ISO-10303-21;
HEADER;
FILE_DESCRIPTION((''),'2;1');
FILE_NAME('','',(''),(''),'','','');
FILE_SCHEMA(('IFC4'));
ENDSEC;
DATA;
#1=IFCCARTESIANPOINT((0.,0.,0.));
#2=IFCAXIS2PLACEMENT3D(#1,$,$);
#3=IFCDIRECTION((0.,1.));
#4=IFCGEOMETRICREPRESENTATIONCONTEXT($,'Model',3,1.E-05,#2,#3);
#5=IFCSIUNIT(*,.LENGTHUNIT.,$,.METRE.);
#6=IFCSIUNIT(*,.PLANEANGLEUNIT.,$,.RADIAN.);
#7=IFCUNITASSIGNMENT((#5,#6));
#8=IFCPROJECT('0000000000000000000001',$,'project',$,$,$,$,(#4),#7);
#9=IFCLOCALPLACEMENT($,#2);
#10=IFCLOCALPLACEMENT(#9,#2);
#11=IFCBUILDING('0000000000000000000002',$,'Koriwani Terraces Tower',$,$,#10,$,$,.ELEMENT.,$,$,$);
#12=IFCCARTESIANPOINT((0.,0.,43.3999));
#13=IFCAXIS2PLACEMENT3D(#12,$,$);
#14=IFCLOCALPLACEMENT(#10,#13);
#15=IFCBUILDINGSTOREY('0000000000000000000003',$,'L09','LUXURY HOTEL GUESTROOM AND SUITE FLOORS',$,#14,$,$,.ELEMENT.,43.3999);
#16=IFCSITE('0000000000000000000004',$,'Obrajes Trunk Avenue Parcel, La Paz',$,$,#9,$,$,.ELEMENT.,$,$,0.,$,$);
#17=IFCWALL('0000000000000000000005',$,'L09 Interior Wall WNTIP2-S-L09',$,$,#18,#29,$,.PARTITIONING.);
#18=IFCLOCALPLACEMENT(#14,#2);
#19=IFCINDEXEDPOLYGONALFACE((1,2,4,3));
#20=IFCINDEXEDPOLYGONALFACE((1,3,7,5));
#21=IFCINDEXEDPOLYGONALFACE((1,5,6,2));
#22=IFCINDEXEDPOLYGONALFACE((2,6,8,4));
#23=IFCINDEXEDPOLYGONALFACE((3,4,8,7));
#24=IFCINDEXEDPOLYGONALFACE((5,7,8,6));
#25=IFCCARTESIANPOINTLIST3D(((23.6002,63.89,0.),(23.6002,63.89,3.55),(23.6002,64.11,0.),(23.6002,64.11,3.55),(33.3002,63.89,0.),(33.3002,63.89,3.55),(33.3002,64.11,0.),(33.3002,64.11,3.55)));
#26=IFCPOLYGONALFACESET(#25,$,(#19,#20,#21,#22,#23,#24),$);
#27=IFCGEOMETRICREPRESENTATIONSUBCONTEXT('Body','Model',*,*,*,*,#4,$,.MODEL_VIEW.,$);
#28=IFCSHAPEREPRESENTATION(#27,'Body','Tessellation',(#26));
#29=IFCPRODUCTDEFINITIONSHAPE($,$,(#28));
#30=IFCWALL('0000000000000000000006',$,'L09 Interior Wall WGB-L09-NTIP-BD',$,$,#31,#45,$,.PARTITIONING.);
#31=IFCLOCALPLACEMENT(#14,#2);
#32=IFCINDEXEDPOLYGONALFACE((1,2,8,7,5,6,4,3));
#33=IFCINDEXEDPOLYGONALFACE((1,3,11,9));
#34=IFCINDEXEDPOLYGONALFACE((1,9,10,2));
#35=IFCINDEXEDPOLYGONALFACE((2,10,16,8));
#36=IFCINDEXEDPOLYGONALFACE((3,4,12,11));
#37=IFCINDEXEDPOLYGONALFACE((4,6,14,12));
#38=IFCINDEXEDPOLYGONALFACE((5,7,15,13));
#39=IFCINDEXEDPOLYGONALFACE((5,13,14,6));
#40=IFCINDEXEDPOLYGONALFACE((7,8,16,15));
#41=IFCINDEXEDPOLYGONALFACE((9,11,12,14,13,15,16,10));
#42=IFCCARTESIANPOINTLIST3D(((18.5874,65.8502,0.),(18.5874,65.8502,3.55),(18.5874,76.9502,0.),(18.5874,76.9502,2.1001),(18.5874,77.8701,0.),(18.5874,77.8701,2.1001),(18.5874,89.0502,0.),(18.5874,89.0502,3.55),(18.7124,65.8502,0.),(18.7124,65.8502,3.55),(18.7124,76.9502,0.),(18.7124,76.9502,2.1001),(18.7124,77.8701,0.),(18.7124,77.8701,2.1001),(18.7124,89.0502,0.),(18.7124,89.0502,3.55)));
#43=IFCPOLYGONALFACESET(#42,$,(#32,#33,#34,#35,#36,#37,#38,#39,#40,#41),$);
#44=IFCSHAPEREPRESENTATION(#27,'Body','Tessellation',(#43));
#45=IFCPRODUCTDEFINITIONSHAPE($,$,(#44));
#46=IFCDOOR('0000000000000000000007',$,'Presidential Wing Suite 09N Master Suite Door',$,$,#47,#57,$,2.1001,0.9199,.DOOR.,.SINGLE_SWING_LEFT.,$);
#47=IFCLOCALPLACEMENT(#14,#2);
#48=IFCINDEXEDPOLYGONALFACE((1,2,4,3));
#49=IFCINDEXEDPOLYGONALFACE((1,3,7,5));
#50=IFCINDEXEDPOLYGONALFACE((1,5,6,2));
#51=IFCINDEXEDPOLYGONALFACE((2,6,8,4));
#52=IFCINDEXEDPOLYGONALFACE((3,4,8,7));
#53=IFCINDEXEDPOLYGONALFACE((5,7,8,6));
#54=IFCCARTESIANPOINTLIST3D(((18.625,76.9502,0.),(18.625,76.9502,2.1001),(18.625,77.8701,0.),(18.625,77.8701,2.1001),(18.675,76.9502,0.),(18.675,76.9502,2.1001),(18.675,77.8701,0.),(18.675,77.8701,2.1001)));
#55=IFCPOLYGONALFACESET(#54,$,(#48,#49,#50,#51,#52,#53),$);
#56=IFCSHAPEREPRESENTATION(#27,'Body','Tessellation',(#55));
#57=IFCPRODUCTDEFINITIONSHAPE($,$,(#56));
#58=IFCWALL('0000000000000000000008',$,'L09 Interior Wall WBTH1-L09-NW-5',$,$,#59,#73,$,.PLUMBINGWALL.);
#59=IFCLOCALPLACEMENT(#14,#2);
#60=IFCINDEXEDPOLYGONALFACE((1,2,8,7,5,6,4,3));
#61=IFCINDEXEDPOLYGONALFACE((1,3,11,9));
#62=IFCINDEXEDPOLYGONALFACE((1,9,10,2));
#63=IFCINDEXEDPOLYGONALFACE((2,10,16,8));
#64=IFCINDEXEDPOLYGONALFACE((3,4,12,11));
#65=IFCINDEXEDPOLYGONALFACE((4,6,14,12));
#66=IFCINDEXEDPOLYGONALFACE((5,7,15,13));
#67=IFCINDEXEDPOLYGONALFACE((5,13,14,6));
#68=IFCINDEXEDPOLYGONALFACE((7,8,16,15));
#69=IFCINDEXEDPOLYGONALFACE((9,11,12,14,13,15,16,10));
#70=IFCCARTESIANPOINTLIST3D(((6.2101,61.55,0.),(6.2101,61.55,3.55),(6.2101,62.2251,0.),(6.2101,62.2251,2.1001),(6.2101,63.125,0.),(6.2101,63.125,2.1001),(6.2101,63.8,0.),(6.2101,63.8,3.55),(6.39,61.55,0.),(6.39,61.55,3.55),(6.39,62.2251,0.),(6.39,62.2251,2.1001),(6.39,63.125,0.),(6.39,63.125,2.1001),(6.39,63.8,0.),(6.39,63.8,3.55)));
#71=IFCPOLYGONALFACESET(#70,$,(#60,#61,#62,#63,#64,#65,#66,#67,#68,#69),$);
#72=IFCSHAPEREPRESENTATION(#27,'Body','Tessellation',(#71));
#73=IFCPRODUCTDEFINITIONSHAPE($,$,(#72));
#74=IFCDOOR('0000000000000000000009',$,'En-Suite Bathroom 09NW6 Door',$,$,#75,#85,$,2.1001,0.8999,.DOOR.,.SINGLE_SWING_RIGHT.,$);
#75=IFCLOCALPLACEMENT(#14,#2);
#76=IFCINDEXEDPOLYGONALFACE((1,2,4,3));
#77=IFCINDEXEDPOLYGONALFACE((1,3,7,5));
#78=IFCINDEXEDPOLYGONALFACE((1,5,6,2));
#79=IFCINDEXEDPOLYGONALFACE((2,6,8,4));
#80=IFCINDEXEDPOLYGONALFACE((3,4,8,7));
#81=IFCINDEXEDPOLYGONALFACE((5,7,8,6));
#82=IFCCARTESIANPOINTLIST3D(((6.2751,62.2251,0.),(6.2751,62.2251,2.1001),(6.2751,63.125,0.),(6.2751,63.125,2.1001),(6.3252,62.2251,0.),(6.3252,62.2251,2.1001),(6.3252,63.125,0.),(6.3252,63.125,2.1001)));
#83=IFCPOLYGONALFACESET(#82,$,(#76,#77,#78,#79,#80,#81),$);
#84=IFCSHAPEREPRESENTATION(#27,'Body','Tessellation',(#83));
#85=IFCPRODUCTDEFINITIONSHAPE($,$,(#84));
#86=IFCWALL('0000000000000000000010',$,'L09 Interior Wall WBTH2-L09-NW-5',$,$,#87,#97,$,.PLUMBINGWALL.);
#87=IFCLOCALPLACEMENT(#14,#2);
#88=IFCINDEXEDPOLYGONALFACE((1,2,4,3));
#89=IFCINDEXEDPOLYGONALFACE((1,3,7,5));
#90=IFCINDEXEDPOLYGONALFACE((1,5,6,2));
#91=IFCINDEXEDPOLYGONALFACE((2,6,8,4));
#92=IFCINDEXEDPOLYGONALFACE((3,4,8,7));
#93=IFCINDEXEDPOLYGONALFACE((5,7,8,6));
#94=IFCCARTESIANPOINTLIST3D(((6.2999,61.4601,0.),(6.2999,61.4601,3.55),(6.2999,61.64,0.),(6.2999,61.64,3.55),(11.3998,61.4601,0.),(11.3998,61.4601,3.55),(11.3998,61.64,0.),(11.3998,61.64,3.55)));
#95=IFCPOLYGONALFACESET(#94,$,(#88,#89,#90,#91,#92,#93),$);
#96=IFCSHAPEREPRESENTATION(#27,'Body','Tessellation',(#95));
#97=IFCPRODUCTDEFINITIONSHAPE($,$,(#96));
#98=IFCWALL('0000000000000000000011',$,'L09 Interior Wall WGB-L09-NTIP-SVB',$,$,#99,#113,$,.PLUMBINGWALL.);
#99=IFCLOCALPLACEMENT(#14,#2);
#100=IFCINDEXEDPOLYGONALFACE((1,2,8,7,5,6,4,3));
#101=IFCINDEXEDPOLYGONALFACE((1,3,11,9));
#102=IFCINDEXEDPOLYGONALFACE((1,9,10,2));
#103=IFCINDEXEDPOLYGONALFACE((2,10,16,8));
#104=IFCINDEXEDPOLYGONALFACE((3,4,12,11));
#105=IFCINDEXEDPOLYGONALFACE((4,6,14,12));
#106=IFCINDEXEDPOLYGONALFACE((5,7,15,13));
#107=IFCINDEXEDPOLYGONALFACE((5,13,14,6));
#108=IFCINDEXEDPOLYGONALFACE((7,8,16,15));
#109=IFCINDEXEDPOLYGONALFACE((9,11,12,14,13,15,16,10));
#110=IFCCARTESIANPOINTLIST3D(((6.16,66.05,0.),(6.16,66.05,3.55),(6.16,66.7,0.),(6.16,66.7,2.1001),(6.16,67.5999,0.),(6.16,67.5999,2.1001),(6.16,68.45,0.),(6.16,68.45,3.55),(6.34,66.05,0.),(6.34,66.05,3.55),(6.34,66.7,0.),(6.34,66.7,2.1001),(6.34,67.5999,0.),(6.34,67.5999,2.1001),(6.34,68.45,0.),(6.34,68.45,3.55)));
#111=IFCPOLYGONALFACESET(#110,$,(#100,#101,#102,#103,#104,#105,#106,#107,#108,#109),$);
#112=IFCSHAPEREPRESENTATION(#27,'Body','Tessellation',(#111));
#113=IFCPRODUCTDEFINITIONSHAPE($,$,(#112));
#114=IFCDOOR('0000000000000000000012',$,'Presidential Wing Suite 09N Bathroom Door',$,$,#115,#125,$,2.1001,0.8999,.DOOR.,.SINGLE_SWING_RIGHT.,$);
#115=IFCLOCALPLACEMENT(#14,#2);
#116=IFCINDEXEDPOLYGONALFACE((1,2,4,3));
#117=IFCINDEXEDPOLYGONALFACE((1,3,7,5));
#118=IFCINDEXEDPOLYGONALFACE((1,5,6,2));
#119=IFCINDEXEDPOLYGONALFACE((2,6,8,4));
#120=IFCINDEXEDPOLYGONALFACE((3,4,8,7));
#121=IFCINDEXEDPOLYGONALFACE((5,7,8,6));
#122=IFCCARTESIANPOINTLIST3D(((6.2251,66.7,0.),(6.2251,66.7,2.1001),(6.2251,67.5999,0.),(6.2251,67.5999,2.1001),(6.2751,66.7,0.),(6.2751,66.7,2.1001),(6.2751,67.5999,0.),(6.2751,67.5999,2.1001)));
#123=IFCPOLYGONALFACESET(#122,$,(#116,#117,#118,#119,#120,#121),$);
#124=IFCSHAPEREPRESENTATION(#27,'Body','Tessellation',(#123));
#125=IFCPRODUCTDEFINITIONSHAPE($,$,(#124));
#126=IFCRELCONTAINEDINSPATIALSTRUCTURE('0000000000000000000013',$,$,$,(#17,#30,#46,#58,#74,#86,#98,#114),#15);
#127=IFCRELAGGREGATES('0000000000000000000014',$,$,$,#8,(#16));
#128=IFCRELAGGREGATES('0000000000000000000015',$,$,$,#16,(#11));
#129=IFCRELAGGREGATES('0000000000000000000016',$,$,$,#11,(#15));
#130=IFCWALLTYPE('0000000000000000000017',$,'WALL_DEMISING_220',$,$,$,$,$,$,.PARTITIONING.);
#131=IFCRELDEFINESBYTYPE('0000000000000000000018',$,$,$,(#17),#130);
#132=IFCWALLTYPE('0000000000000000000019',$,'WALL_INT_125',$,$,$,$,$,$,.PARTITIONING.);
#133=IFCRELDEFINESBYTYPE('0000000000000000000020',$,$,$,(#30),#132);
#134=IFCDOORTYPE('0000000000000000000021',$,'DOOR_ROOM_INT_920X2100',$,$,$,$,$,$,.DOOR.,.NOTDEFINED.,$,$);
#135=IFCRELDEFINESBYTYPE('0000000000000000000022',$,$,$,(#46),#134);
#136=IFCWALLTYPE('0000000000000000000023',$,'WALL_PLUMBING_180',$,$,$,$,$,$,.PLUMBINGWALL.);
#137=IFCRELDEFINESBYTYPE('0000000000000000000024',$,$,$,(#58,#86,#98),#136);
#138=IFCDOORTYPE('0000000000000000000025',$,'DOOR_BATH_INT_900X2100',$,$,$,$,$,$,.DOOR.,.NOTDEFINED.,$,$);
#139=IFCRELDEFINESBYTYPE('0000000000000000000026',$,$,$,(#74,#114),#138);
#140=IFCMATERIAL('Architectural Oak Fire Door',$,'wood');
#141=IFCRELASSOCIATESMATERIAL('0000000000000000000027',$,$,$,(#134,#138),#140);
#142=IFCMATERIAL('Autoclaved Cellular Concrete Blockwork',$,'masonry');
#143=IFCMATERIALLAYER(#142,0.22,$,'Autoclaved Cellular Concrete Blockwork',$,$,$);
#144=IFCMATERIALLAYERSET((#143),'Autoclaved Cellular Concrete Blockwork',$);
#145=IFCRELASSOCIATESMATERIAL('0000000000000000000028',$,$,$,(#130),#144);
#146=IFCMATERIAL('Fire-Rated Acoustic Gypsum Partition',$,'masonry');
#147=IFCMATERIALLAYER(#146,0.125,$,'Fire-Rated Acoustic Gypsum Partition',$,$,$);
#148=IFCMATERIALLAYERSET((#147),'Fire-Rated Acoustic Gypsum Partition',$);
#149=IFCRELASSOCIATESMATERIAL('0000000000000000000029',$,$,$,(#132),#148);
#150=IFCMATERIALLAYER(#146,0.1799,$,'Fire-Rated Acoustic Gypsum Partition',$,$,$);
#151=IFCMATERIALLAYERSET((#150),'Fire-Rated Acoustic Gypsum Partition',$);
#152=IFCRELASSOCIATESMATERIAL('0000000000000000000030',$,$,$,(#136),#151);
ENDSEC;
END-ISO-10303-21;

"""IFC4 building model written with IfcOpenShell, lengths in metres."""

from ifc_helpers import new_model, si_unit, direction, frame, frame_2d, origin, place, context, subcontext, project, spatial, rectangle, extrude, material, layer, layer_set, type_object, element, fill, save


model = new_model("IFC4")

# Units and contexts
model_context = context("Model", 3, precision=1e-05, world=origin(), true_north=direction((0.0, 1.0)))
body_context = subcontext(model_context, "Body", "Model", "MODEL_VIEW")
ifc_project = project(units=[si_unit("LENGTHUNIT", "METRE"), si_unit("PLANEANGLEUNIT", "RADIAN")], contexts=[model_context])

# Site, building, storey
site_placement = place(None, origin())
site = spatial("IfcSite", under=ifc_project, at=site_placement, Name="Obrajes Trunk Avenue Parcel, La Paz", CompositionType="ELEMENT", RefElevation=0.0)
building_placement = place(site_placement, origin())
building = spatial("IfcBuilding", under=site, at=building_placement, Name="Koriwani Terraces Tower", CompositionType="ELEMENT")
storey_placement = place(building_placement, frame((0.0, 0.0, 43.3999)))
storey = spatial("IfcBuildingStorey", under=building, at=storey_placement, Name="L09", Description="LUXURY HOTEL GUESTROOM AND SUITE FLOORS", CompositionType="ELEMENT", Elevation=43.3999)

# Shared definitions
ifc_material_1 = material(Name="Autoclaved Cellular Concrete Blockwork", Category="masonry")
ifc_material_2 = material(Name="Architectural Oak Fire Door", Category="wood")
door_type_1 = type_object("IfcDoorType", Name="DOOR_ROOM_INT_920X2100", OperationType="NOTDEFINED", PredefinedType="DOOR", material=ifc_material_2)

# Wall
ifc_layer_1 = layer(ifc_material_1, 0.22, Name="Autoclaved Cellular Concrete Blockwork")
ifc_layer_set_1 = layer_set([ifc_layer_1], Name="Autoclaved Cellular Concrete Blockwork")
wall_type_1 = type_object("IfcWallType", Name="WALL_DEMISING_220", PredefinedType="PARTITIONING", material=ifc_layer_set_1)
wall_1_placement = place(storey_placement, frame((23.6001, 64.0, 0.0), z_axis=(0.0, 0.0, 1.0), x_axis=(1.0, 0.0, 0.0)))
element("IfcWall", 1, at=wall_1_placement, inside=storey, type_object=wall_type_1, Name="L09 Interior Wall WNTIP2-S-L09", PredefinedType="PARTITIONING", context=body_context, shape_type="SweptSolid", body=[
    extrude(rectangle(XDim=9.7, YDim=0.22, at=frame_2d((4.8501, 0.0))), origin(), (0.0, 0.0, 1.0), 3.55),
])

# Walls, openings, doors
ifc_material_3 = material(Name="Fire-Rated Acoustic Gypsum Partition", Category="masonry")
ifc_layer_2 = layer(ifc_material_3, 0.125, Name="Fire-Rated Acoustic Gypsum Partition")
ifc_layer_set_2 = layer_set([ifc_layer_2], Name="Fire-Rated Acoustic Gypsum Partition")
wall_type_2 = type_object("IfcWallType", Name="WALL_INT_125", PredefinedType="PARTITIONING", material=ifc_layer_set_2)
wall_2_placement = place(storey_placement, frame((18.6499, 65.8501, 0.0), z_axis=(0.0, 0.0, 1.0), x_axis=(0.0, 1.0, 0.0)))
wall_2 = element("IfcWall", 2, at=wall_2_placement, inside=storey, type_object=wall_type_2, Name="L09 Interior Wall WGB-L09-NTIP-BD", PredefinedType="PARTITIONING", context=body_context, shape_type="SweptSolid", body=[
    extrude(rectangle(XDim=23.2, YDim=0.125, at=frame_2d((11.6001, 0.0))), origin(), (0.0, 0.0, 1.0), 3.55),
])
opening_1_placement = place(wall_2_placement, frame((11.1001, 0.0, 0.0)))
opening_1 = element("IfcOpeningElement", 3, at=opening_1_placement, cuts=wall_2, PredefinedType="OPENING", context=body_context, shape_type="SweptSolid", body=[
    extrude(rectangle(XDim=0.9199, YDim=2.1001, at=frame_2d((0.46, 1.05))), frame((0.0, 0.0725, 0.0), z_axis=(0.0, -1.0, 0.0), x_axis=(1.0, 0.0, 0.0)), (0.0, 0.0, 1.0), 0.145),
])
door_1_placement = place(opening_1_placement, origin())
door_1 = element("IfcDoor", 4, at=door_1_placement, inside=storey, type_object=door_type_1, Name="Presidential Wing Suite 09N Master Suite Door", OperationType="SINGLE_SWING_LEFT", OverallHeight=2.1001, OverallWidth=0.9199, PredefinedType="DOOR", context=body_context, shape_type="SweptSolid", body=[
    extrude(rectangle(XDim=0.9199, YDim=2.1001, at=frame_2d((0.46, 1.05))), frame((0.0, 0.0249, 0.0), z_axis=(0.0, -1.0, 0.0), x_axis=(1.0, 0.0, 0.0)), (0.0, 0.0, 1.0), 0.05),
])
fill(opening_1, door_1)
ifc_layer_3 = layer(ifc_material_3, 0.1799, Name="Fire-Rated Acoustic Gypsum Partition")
ifc_layer_set_3 = layer_set([ifc_layer_3], Name="Fire-Rated Acoustic Gypsum Partition")
wall_type_3 = type_object("IfcWallType", Name="WALL_PLUMBING_180", PredefinedType="PLUMBINGWALL", material=ifc_layer_set_3)
wall_3_placement = place(storey_placement, frame((6.3, 61.55, 0.0), z_axis=(0.0, 0.0, 1.0), x_axis=(0.0, 1.0, 0.0)))
wall_3 = element("IfcWall", 5, at=wall_3_placement, inside=storey, type_object=wall_type_3, Name="L09 Interior Wall WBTH1-L09-NW-5", PredefinedType="PLUMBINGWALL", context=body_context, shape_type="SweptSolid", body=[
    extrude(rectangle(XDim=2.25, YDim=0.1799, at=frame_2d((1.125, 0.0))), origin(), (0.0, 0.0, 1.0), 3.55),
])
opening_2_placement = place(wall_3_placement, frame((0.675, 0.0, 0.0)))
opening_2 = element("IfcOpeningElement", 6, at=opening_2_placement, cuts=wall_3, PredefinedType="OPENING", context=body_context, shape_type="SweptSolid", body=[
    extrude(rectangle(XDim=0.8999, YDim=2.1001, at=frame_2d((0.45, 1.05))), frame((0.0, 0.1001, 0.0), z_axis=(0.0, -1.0, 0.0), x_axis=(1.0, 0.0, 0.0)), (0.0, 0.0, 1.0), 0.2),
])
door_type_2 = type_object("IfcDoorType", Name="DOOR_BATH_INT_900X2100", OperationType="NOTDEFINED", PredefinedType="DOOR", material=ifc_material_2)
door_2_placement = place(opening_2_placement, origin())
door_2 = element("IfcDoor", 7, at=door_2_placement, inside=storey, type_object=door_type_2, Name="En-Suite Bathroom 09NW6 Door", OperationType="SINGLE_SWING_RIGHT", OverallHeight=2.1001, OverallWidth=0.8999, PredefinedType="DOOR", context=body_context, shape_type="SweptSolid", body=[
    extrude(rectangle(XDim=0.8999, YDim=2.1001, at=frame_2d((0.45, 1.05))), frame((0.0, 0.0249, 0.0), z_axis=(0.0, -1.0, 0.0), x_axis=(1.0, 0.0, 0.0)), (0.0, 0.0, 1.0), 0.05),
])
fill(opening_2, door_2)

# Wall
wall_4_placement = place(storey_placement, frame((6.3, 61.55, 0.0), z_axis=(0.0, 0.0, 1.0), x_axis=(1.0, 0.0, 0.0)))
element("IfcWall", 8, at=wall_4_placement, inside=storey, type_object=wall_type_3, Name="L09 Interior Wall WBTH2-L09-NW-5", PredefinedType="PLUMBINGWALL", context=body_context, shape_type="SweptSolid", body=[
    extrude(rectangle(XDim=5.0999, YDim=0.1799, at=frame_2d((2.5498, 0.0))), origin(), (0.0, 0.0, 1.0), 3.55),
])

# Wall, opening, door
wall_5_placement = place(storey_placement, frame((6.25, 66.05, 0.0), z_axis=(0.0, 0.0, 1.0), x_axis=(0.0, 1.0, 0.0)))
wall_5 = element("IfcWall", 9, at=wall_5_placement, inside=storey, type_object=wall_type_3, Name="L09 Interior Wall WGB-L09-NTIP-SVB", PredefinedType="PLUMBINGWALL", context=body_context, shape_type="SweptSolid", body=[
    extrude(rectangle(XDim=2.3999, YDim=0.1799, at=frame_2d((1.2, 0.0))), origin(), (0.0, 0.0, 1.0), 3.55),
])
opening_3_placement = place(wall_5_placement, frame((0.6499, 0.0, 0.0)))
opening_3 = element("IfcOpeningElement", 10, at=opening_3_placement, cuts=wall_5, PredefinedType="OPENING", context=body_context, shape_type="SweptSolid", body=[
    extrude(rectangle(XDim=0.8999, YDim=2.1001, at=frame_2d((0.45, 1.05))), frame((0.0, 0.1001, 0.0), z_axis=(0.0, -1.0, 0.0), x_axis=(1.0, 0.0, 0.0)), (0.0, 0.0, 1.0), 0.2),
])
door_3_placement = place(opening_3_placement, origin())
door_3 = element("IfcDoor", 11, at=door_3_placement, inside=storey, type_object=door_type_2, Name="Presidential Wing Suite 09N Bathroom Door", OperationType="SINGLE_SWING_RIGHT", OverallHeight=2.1001, OverallWidth=0.8999, PredefinedType="DOOR", context=body_context, shape_type="SweptSolid", body=[
    extrude(rectangle(XDim=0.8999, YDim=2.1001, at=frame_2d((0.45, 1.05))), frame((0.0, 0.0249, 0.0), z_axis=(0.0, -1.0, 0.0), x_axis=(1.0, 0.0, 0.0)), (0.0, 0.0, 1.0), 0.05),
])
fill(opening_3, door_3)

save(model, "model.ifc")
